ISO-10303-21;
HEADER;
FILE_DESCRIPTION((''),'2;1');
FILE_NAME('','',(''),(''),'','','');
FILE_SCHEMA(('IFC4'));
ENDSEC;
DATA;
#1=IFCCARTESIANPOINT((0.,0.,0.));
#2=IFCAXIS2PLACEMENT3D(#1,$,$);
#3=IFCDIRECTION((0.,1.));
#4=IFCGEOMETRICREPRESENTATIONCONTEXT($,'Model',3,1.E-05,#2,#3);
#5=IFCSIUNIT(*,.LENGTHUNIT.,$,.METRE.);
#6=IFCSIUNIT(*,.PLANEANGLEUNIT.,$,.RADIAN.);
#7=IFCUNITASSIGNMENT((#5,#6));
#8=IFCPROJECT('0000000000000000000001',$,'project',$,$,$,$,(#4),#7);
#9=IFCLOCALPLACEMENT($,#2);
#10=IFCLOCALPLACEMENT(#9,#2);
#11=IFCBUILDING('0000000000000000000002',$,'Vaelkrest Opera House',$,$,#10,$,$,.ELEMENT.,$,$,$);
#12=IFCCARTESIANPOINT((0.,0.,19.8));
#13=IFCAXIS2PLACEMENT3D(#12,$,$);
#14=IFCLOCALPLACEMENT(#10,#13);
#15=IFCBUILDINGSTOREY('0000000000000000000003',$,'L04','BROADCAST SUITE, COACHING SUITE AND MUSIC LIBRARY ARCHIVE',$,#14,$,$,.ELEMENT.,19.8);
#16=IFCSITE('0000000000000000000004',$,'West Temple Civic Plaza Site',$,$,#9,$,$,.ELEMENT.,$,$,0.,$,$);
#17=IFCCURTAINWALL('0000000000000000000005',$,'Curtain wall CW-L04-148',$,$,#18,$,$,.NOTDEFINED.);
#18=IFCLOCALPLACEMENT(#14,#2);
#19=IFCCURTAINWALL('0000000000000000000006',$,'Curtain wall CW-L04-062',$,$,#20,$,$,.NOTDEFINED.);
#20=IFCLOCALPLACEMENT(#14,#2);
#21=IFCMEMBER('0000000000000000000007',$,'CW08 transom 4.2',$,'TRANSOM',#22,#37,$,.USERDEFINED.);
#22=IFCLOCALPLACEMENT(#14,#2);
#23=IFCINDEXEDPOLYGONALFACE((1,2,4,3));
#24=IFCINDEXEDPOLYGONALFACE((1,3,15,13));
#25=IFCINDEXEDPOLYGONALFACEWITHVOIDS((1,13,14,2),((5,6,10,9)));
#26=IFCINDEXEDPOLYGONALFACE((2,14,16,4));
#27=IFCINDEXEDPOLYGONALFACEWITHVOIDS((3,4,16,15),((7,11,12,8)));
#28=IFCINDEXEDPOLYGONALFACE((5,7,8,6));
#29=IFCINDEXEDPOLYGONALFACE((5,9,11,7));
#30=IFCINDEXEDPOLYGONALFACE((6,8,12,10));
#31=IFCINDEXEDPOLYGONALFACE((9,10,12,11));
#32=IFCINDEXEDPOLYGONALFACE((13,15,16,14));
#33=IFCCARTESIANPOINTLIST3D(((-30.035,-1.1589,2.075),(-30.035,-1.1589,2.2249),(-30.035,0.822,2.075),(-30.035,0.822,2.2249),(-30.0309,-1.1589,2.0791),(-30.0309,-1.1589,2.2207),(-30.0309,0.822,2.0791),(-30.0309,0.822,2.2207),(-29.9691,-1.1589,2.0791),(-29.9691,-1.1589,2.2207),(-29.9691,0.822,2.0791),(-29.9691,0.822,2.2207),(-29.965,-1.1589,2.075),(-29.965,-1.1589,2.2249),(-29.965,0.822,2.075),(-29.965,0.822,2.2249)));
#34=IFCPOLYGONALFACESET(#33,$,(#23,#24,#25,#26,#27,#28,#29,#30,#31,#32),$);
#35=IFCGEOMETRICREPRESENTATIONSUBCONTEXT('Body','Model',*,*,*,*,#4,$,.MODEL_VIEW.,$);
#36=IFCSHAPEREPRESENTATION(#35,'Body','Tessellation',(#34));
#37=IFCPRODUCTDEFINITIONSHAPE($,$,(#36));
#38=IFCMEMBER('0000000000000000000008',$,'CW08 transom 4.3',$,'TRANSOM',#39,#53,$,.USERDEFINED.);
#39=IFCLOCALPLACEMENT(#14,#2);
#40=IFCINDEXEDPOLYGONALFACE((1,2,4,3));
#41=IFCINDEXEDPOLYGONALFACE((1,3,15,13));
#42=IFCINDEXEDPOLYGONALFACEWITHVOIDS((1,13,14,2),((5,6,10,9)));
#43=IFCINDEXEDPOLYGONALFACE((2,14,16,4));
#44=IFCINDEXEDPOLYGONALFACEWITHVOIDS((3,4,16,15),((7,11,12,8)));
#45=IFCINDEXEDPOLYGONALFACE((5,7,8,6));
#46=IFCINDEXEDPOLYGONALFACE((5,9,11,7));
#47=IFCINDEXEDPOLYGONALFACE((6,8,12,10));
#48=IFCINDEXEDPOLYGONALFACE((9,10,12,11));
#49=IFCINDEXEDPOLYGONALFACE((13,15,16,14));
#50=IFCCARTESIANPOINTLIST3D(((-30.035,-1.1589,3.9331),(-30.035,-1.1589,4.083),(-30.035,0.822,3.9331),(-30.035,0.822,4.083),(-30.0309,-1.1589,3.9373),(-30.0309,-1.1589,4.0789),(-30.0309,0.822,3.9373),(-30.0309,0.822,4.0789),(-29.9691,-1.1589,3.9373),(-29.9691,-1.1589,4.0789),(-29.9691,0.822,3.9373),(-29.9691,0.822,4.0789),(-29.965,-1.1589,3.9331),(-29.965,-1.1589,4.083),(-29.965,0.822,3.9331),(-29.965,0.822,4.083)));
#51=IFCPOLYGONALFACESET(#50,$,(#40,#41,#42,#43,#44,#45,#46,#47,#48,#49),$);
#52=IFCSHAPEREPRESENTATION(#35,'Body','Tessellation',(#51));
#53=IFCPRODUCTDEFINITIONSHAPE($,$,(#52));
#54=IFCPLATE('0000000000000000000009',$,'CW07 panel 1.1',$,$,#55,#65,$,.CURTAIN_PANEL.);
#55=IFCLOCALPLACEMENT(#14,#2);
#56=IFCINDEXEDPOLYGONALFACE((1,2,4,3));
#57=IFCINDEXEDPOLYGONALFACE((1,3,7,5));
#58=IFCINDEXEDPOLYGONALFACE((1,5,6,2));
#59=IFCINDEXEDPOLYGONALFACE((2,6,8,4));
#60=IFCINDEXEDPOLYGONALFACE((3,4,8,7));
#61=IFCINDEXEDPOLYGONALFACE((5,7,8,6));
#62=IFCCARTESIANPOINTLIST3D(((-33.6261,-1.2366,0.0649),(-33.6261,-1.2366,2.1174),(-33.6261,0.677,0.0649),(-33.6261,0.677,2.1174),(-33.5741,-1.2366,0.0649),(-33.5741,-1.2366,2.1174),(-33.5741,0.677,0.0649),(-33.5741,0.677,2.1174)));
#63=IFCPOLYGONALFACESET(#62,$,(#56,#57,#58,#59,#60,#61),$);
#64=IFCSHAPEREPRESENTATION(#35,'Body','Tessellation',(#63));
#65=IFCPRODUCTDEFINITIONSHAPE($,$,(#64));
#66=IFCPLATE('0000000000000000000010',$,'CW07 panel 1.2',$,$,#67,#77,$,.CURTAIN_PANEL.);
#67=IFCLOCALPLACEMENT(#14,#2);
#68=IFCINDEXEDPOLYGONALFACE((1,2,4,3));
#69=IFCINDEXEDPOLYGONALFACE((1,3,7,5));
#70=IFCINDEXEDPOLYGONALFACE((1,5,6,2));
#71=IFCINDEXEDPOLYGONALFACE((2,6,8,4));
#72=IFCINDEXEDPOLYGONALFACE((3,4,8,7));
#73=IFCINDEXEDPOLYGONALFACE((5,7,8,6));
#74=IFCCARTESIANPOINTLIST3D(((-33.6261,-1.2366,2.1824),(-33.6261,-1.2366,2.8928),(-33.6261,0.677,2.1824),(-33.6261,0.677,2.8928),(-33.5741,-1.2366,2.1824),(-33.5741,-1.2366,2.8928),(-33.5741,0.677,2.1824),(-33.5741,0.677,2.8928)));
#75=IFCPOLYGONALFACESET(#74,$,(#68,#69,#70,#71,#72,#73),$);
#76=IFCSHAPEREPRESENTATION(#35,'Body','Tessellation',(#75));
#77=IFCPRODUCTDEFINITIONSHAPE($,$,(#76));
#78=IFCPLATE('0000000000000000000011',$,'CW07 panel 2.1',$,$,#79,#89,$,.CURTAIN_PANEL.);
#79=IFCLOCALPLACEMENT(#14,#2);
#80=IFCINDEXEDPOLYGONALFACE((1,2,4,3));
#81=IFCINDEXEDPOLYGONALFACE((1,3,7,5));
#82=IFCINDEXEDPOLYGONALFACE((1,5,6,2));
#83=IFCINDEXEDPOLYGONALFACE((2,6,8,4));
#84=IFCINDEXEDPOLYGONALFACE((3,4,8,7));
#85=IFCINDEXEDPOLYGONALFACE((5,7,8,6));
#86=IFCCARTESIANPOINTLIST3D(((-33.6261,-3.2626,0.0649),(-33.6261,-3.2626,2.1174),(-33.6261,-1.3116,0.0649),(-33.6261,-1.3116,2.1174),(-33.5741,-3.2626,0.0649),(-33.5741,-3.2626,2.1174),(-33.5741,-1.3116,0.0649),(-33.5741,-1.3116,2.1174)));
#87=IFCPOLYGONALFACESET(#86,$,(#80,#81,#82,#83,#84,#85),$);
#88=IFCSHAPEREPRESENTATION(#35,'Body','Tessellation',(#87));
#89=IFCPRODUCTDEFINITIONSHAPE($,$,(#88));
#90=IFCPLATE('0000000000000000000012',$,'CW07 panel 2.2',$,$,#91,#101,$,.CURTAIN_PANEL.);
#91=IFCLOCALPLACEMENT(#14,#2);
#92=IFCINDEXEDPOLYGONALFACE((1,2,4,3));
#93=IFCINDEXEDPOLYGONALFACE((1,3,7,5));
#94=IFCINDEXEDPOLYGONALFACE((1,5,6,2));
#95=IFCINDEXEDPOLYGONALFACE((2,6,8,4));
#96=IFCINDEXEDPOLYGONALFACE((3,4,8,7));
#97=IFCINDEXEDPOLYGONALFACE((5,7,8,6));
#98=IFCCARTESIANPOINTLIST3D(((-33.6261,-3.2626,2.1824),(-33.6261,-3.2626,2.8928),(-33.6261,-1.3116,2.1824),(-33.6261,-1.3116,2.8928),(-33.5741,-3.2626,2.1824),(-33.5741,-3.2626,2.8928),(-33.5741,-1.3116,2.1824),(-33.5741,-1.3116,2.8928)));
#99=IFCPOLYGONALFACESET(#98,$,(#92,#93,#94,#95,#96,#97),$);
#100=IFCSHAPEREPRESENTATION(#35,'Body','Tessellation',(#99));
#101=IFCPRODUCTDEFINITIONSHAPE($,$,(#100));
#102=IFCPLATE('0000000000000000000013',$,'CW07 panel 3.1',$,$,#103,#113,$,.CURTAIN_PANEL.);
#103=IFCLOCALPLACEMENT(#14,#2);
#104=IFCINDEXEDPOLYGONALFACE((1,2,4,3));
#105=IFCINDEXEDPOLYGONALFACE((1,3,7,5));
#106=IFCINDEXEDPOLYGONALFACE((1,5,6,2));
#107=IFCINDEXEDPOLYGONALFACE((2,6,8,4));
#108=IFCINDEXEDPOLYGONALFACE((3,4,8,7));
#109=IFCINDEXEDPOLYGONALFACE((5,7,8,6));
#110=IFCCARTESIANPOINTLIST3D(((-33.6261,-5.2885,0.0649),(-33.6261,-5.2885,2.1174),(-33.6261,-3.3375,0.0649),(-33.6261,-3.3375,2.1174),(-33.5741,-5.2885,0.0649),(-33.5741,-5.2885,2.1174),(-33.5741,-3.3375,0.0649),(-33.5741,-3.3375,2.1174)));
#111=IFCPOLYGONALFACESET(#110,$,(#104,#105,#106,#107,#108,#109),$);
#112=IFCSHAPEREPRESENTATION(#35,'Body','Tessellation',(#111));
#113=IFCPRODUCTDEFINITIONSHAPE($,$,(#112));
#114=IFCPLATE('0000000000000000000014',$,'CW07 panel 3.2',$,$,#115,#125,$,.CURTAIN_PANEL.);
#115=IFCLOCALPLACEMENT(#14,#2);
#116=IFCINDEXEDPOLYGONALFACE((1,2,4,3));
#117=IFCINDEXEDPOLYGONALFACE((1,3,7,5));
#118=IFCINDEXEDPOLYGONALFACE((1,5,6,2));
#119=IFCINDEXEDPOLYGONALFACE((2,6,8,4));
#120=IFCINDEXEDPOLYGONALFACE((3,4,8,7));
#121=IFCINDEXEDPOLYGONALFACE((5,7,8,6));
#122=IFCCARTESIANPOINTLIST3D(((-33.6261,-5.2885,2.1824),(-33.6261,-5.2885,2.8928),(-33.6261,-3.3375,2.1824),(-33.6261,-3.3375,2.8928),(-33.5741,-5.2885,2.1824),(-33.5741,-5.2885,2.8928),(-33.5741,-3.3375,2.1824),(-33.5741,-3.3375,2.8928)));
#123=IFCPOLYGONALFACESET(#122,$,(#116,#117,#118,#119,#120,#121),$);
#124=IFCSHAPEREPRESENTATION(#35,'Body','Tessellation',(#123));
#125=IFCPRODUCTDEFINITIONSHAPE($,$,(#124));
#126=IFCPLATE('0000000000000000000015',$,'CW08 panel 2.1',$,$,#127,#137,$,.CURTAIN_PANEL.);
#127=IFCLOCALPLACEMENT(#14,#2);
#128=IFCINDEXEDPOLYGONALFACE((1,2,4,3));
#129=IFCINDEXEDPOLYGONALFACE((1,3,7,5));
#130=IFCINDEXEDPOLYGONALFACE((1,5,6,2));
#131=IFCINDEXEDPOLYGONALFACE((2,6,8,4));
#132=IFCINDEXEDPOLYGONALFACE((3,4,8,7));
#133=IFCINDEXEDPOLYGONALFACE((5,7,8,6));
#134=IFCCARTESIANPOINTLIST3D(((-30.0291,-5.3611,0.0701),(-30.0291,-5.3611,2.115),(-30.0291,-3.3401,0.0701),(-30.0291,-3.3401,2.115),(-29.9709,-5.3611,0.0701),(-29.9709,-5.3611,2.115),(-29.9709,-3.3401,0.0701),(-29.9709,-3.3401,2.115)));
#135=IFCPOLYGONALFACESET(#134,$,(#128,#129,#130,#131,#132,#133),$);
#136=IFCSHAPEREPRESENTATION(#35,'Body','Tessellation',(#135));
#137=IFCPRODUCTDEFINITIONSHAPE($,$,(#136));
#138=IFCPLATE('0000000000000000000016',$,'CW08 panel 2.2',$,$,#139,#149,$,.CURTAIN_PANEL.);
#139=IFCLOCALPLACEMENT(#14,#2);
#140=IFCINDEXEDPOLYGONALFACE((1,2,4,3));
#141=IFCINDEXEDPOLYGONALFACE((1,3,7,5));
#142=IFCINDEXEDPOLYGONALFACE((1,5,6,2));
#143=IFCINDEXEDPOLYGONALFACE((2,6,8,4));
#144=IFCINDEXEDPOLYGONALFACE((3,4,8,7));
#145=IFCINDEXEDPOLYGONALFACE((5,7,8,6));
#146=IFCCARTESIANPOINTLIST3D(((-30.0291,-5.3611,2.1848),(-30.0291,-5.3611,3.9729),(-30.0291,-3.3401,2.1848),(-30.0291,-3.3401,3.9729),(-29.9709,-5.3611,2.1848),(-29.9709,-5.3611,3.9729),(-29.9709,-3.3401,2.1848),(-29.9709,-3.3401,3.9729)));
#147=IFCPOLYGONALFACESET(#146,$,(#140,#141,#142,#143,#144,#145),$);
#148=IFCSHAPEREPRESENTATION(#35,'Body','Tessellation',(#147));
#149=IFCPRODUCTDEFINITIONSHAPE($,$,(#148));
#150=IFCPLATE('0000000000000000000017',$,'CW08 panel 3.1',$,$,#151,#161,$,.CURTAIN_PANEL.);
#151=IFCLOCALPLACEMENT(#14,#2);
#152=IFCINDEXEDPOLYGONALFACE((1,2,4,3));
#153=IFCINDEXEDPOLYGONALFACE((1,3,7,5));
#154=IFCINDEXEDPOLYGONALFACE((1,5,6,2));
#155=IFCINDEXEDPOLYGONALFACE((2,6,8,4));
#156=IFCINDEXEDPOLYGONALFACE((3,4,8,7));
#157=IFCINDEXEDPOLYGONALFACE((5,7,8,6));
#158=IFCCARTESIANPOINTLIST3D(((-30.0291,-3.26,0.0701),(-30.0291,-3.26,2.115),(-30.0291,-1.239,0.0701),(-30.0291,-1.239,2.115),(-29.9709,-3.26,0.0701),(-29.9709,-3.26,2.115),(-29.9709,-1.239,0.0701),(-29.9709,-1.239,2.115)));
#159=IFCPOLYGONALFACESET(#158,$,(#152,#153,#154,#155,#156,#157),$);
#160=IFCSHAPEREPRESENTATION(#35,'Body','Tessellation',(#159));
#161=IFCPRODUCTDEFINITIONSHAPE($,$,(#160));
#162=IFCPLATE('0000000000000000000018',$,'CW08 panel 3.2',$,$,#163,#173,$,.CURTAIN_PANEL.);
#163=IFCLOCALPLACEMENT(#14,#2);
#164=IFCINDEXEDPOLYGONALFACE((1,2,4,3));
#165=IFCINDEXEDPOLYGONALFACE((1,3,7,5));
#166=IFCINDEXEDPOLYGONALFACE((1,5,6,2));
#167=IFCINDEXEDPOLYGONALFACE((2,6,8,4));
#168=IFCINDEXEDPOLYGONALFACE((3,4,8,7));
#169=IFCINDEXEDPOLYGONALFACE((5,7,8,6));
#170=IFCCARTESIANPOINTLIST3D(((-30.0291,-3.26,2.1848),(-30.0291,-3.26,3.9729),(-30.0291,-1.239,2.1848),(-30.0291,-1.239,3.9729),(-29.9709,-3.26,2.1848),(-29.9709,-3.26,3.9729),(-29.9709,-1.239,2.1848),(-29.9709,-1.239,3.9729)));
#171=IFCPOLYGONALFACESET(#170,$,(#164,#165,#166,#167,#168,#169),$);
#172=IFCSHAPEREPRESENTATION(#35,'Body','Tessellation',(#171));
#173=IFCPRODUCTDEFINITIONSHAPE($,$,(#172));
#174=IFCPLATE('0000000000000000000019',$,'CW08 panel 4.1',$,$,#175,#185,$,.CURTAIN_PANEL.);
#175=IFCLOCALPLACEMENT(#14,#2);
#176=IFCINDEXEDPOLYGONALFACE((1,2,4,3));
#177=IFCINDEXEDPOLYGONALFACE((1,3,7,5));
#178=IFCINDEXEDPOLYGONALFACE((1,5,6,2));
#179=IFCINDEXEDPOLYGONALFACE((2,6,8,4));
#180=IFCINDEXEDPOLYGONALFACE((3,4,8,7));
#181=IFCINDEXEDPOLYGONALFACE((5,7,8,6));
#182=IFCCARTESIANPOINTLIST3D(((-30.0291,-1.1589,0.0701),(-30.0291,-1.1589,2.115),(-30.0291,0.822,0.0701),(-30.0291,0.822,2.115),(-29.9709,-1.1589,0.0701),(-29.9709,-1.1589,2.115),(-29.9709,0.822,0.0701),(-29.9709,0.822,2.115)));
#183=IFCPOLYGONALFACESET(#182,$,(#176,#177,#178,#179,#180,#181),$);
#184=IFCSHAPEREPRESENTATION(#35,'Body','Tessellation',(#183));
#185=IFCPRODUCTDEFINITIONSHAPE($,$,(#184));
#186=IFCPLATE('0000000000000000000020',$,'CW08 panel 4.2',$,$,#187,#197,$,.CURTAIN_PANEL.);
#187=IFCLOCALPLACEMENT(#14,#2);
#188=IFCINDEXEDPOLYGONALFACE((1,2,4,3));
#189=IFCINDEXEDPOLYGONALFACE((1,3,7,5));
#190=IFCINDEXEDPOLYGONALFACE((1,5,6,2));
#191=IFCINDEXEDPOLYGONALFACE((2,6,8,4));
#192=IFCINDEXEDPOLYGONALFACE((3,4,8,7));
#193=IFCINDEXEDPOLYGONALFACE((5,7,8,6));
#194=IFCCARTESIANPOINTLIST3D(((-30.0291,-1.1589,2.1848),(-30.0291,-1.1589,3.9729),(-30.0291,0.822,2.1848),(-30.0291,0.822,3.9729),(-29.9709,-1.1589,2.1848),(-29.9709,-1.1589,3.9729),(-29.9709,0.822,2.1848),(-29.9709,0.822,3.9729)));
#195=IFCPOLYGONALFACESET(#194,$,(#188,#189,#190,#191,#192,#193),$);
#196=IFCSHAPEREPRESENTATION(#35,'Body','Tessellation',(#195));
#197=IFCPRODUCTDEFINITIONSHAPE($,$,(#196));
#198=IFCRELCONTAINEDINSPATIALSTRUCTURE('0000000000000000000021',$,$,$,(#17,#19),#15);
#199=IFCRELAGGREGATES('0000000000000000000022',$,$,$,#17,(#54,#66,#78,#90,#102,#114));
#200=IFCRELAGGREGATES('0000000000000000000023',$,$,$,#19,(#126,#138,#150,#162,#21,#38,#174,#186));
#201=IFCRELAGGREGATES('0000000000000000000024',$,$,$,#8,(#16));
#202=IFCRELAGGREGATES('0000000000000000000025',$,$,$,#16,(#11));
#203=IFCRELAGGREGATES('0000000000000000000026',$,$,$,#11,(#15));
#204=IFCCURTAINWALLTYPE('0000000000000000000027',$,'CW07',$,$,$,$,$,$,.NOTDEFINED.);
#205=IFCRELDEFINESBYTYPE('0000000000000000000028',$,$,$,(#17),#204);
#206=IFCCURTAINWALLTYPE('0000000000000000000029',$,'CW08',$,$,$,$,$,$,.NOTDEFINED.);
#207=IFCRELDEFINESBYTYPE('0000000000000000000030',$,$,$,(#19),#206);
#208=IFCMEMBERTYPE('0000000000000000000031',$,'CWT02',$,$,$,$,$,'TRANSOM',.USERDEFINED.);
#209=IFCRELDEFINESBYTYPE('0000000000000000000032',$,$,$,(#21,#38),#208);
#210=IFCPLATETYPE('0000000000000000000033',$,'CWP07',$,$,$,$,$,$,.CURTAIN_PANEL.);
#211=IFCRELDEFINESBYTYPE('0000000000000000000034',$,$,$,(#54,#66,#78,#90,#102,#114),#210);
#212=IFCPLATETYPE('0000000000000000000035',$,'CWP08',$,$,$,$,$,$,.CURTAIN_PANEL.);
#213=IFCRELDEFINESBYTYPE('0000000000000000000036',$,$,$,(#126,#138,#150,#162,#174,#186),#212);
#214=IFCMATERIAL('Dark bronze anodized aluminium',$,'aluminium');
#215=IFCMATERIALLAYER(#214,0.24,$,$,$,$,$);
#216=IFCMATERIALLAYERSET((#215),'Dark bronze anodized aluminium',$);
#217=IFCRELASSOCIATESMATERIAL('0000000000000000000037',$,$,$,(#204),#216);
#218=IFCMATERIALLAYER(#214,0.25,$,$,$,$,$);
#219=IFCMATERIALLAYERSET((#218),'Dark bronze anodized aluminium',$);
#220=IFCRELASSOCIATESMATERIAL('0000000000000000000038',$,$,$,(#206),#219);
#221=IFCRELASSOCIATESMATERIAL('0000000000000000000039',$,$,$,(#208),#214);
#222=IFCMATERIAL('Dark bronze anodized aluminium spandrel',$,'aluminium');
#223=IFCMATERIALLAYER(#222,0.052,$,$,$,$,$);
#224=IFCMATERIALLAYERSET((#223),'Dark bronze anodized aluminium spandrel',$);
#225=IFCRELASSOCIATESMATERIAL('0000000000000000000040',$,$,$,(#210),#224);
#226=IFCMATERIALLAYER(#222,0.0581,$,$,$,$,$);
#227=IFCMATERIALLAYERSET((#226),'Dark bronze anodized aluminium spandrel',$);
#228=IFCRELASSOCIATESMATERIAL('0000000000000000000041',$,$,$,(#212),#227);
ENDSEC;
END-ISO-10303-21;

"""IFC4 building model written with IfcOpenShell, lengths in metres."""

from ifc_helpers import new_model, si_unit, direction, frame, origin, origin_2d, place, context, subcontext, project, spatial, rectangle, hollow_rectangle, extrude, material, layer, layer_set, material_profile, profile_set, type_object, element, aggregate, save


model = new_model("IFC4")

# Units and contexts
model_context = context("Model", 3, precision=1e-05, world=origin(), true_north=direction((0.0, 1.0)))
body_context = subcontext(model_context, "Body", "Model", "MODEL_VIEW")
ifc_project = project(units=[si_unit("LENGTHUNIT", "METRE"), si_unit("PLANEANGLEUNIT", "RADIAN")], contexts=[model_context])

# Site, building, storey
site_placement = place(None, origin())
site = spatial("IfcSite", under=ifc_project, at=site_placement, Name="West Temple Civic Plaza Site", CompositionType="ELEMENT", RefElevation=0.0)
building_placement = place(site_placement, origin())
building = spatial("IfcBuilding", under=site, at=building_placement, Name="Vaelkrest Opera House", CompositionType="ELEMENT")
storey_placement = place(building_placement, frame((0.0, 0.0, 19.8)))
storey = spatial("IfcBuildingStorey", under=building, at=storey_placement, Name="L04", Description="BROADCAST SUITE, COACHING SUITE AND MUSIC LIBRARY ARCHIVE", CompositionType="ELEMENT", Elevation=19.8)

# Curtain walls
ifc_material_1 = material(Name="Dark bronze anodized aluminium", Category="aluminium")
ifc_layer_1 = layer(ifc_material_1, 0.24)
ifc_layer_set_1 = layer_set([ifc_layer_1], Name="Dark bronze anodized aluminium")
curtain_wall_type_1 = type_object("IfcCurtainWallType", Name="CW07", PredefinedType="NOTDEFINED", material=ifc_layer_set_1)
curtain_wall_1_placement = place(storey_placement, origin())
curtain_wall_1 = element("IfcCurtainWall", 1, at=curtain_wall_1_placement, inside=storey, type_object=curtain_wall_type_1, Name="Curtain wall CW-L04-148", PredefinedType="NOTDEFINED")
ifc_layer_2 = layer(ifc_material_1, 0.25)
ifc_layer_set_2 = layer_set([ifc_layer_2], Name="Dark bronze anodized aluminium")
curtain_wall_type_2 = type_object("IfcCurtainWallType", Name="CW08", PredefinedType="NOTDEFINED", material=ifc_layer_set_2)
curtain_wall_2_placement = place(storey_placement, origin())
curtain_wall_2 = element("IfcCurtainWall", 2, at=curtain_wall_2_placement, inside=storey, type_object=curtain_wall_type_2, Name="Curtain wall CW-L04-062", PredefinedType="NOTDEFINED")

# Members
ifc_material_profile_1 = material_profile(ifc_material_1, hollow_rectangle(XDim=0.0701, YDim=0.1499, WallThickness=0.0042, at=origin_2d()), Name="CWT70X150")
ifc_profile_set_1 = profile_set([ifc_material_profile_1], Name="Dark bronze anodized aluminium")
member_type_1 = type_object("IfcMemberType", Name="CWT02", ElementType="TRANSOM", PredefinedType="USERDEFINED", material=ifc_profile_set_1)
member_1_placement = place(storey_placement, frame((-30.0, -1.1589, 2.1499), z_axis=(0.0, 1.0, 0.0), x_axis=(-1.0, 0.0, 0.0)))
member_1 = element("IfcMember", 3, at=member_1_placement, type_object=member_type_1, Name="CW08 transom 4.2", ObjectType="TRANSOM", PredefinedType="USERDEFINED", context=body_context, shape_type="SweptSolid", body=[
    extrude(hollow_rectangle(XDim=0.0701, YDim=0.1499, WallThickness=0.0042, at=origin_2d()), origin(), (0.0, 0.0, 1.0), 1.981),
])
member_2_placement = place(storey_placement, frame((-30.0, -1.1589, 4.0081), z_axis=(0.0, 1.0, 0.0), x_axis=(-1.0, 0.0, 0.0)))
member_2 = element("IfcMember", 4, at=member_2_placement, type_object=member_type_1, Name="CW08 transom 4.3", ObjectType="TRANSOM", PredefinedType="USERDEFINED", context=body_context, shape_type="SweptSolid", body=[
    extrude(hollow_rectangle(XDim=0.0701, YDim=0.1499, WallThickness=0.0042, at=origin_2d()), origin(), (0.0, 0.0, 1.0), 1.981),
])

# Plates
ifc_material_2 = material(Name="Dark bronze anodized aluminium spandrel", Category="aluminium")
ifc_layer_3 = layer(ifc_material_2, 0.052)
ifc_layer_set_3 = layer_set([ifc_layer_3], Name="Dark bronze anodized aluminium spandrel")
plate_type_1 = type_object("IfcPlateType", Name="CWP07", PredefinedType="CURTAIN_PANEL", material=ifc_layer_set_3)
plate_1_placement = place(storey_placement, frame((-33.6001, -0.2798, 0.0649), z_axis=(0.0, 0.0, 1.0), x_axis=(0.0, -1.0, 0.0)))
plate_1 = element("IfcPlate", 5, at=plate_1_placement, type_object=plate_type_1, Name="CW07 panel 1.1", PredefinedType="CURTAIN_PANEL", context=body_context, shape_type="SweptSolid", body=[
    extrude(rectangle(XDim=1.9136, YDim=0.052, at=origin_2d()), origin(), (0.0, 0.0, 1.0), 2.0525),
])
plate_2_placement = place(storey_placement, frame((-33.6001, -0.2798, 2.1824), z_axis=(0.0, 0.0, 1.0), x_axis=(0.0, -1.0, 0.0)))
plate_2 = element("IfcPlate", 6, at=plate_2_placement, type_object=plate_type_1, Name="CW07 panel 1.2", PredefinedType="CURTAIN_PANEL", context=body_context, shape_type="SweptSolid", body=[
    extrude(rectangle(XDim=1.9136, YDim=0.052, at=origin_2d()), origin(), (0.0, 0.0, 1.0), 0.7104),
])
plate_3_placement = place(storey_placement, frame((-33.6001, -2.2871, 0.0649), z_axis=(0.0, 0.0, 1.0), x_axis=(0.0, -1.0, 0.0)))
plate_3 = element("IfcPlate", 7, at=plate_3_placement, type_object=plate_type_1, Name="CW07 panel 2.1", PredefinedType="CURTAIN_PANEL", context=body_context, shape_type="SweptSolid", body=[
    extrude(rectangle(XDim=1.9509, YDim=0.052, at=origin_2d()), origin(), (0.0, 0.0, 1.0), 2.0525),
])
plate_4_placement = place(storey_placement, frame((-33.6001, -2.2871, 2.1824), z_axis=(0.0, 0.0, 1.0), x_axis=(0.0, -1.0, 0.0)))
plate_4 = element("IfcPlate", 8, at=plate_4_placement, type_object=plate_type_1, Name="CW07 panel 2.2", PredefinedType="CURTAIN_PANEL", context=body_context, shape_type="SweptSolid", body=[
    extrude(rectangle(XDim=1.9509, YDim=0.052, at=origin_2d()), origin(), (0.0, 0.0, 1.0), 0.7104),
])
plate_5_placement = place(storey_placement, frame((-33.6001, -4.313, 0.0649), z_axis=(0.0, 0.0, 1.0), x_axis=(0.0, -1.0, 0.0)))
plate_5 = element("IfcPlate", 9, at=plate_5_placement, type_object=plate_type_1, Name="CW07 panel 3.1", PredefinedType="CURTAIN_PANEL", context=body_context, shape_type="SweptSolid", body=[
    extrude(rectangle(XDim=1.9509, YDim=0.052, at=origin_2d()), origin(), (0.0, 0.0, 1.0), 2.0525),
])
plate_6_placement = place(storey_placement, frame((-33.6001, -4.313, 2.1824), z_axis=(0.0, 0.0, 1.0), x_axis=(0.0, -1.0, 0.0)))
plate_6 = element("IfcPlate", 10, at=plate_6_placement, type_object=plate_type_1, Name="CW07 panel 3.2", PredefinedType="CURTAIN_PANEL", context=body_context, shape_type="SweptSolid", body=[
    extrude(rectangle(XDim=1.9509, YDim=0.052, at=origin_2d()), origin(), (0.0, 0.0, 1.0), 0.7104),
])
aggregate(curtain_wall_1, [plate_1, plate_2, plate_3, plate_4, plate_5, plate_6])
ifc_layer_4 = layer(ifc_material_2, 0.0581)
ifc_layer_set_4 = layer_set([ifc_layer_4], Name="Dark bronze anodized aluminium spandrel")
plate_type_2 = type_object("IfcPlateType", Name="CWP08", PredefinedType="CURTAIN_PANEL", material=ifc_layer_set_4)
plate_7_placement = place(storey_placement, frame((-30.0, -4.3506, 0.0701), z_axis=(0.0, 0.0, 1.0), x_axis=(0.0, 1.0, 0.0)))
plate_7 = element("IfcPlate", 11, at=plate_7_placement, type_object=plate_type_2, Name="CW08 panel 2.1", PredefinedType="CURTAIN_PANEL", context=body_context, shape_type="SweptSolid", body=[
    extrude(rectangle(XDim=2.021, YDim=0.0581, at=origin_2d()), origin(), (0.0, 0.0, 1.0), 2.0449),
])
plate_8_placement = place(storey_placement, frame((-30.0, -4.3506, 2.1848), z_axis=(0.0, 0.0, 1.0), x_axis=(0.0, 1.0, 0.0)))
plate_8 = element("IfcPlate", 12, at=plate_8_placement, type_object=plate_type_2, Name="CW08 panel 2.2", PredefinedType="CURTAIN_PANEL", context=body_context, shape_type="SweptSolid", body=[
    extrude(rectangle(XDim=2.021, YDim=0.0581, at=origin_2d()), origin(), (0.0, 0.0, 1.0), 1.7881),
])
plate_9_placement = place(storey_placement, frame((-30.0, -2.2495, 0.0701), z_axis=(0.0, 0.0, 1.0), x_axis=(0.0, 1.0, 0.0)))
plate_9 = element("IfcPlate", 13, at=plate_9_placement, type_object=plate_type_2, Name="CW08 panel 3.1", PredefinedType="CURTAIN_PANEL", context=body_context, shape_type="SweptSolid", body=[
    extrude(rectangle(XDim=2.021, YDim=0.0581, at=origin_2d()), origin(), (0.0, 0.0, 1.0), 2.0449),
])
plate_10_placement = place(storey_placement, frame((-30.0, -2.2495, 2.1848), z_axis=(0.0, 0.0, 1.0), x_axis=(0.0, 1.0, 0.0)))
plate_10 = element("IfcPlate", 14, at=plate_10_placement, type_object=plate_type_2, Name="CW08 panel 3.2", PredefinedType="CURTAIN_PANEL", context=body_context, shape_type="SweptSolid", body=[
    extrude(rectangle(XDim=2.021, YDim=0.0581, at=origin_2d()), origin(), (0.0, 0.0, 1.0), 1.7881),
])
plate_11_placement = place(storey_placement, frame((-30.0, -0.1685, 0.0701), z_axis=(0.0, 0.0, 1.0), x_axis=(0.0, 1.0, 0.0)))
plate_11 = element("IfcPlate", 15, at=plate_11_placement, type_object=plate_type_2, Name="CW08 panel 4.1", PredefinedType="CURTAIN_PANEL", context=body_context, shape_type="SweptSolid", body=[
    extrude(rectangle(XDim=1.981, YDim=0.0581, at=origin_2d()), origin(), (0.0, 0.0, 1.0), 2.0449),
])
plate_12_placement = place(storey_placement, frame((-30.0, -0.1685, 2.1848), z_axis=(0.0, 0.0, 1.0), x_axis=(0.0, 1.0, 0.0)))
plate_12 = element("IfcPlate", 16, at=plate_12_placement, type_object=plate_type_2, Name="CW08 panel 4.2", PredefinedType="CURTAIN_PANEL", context=body_context, shape_type="SweptSolid", body=[
    extrude(rectangle(XDim=1.981, YDim=0.0581, at=origin_2d()), origin(), (0.0, 0.0, 1.0), 1.7881),
])
aggregate(curtain_wall_2, [plate_7, plate_8, plate_9, plate_10, member_1, member_2, plate_11, plate_12])

save(model, "model.ifc")
